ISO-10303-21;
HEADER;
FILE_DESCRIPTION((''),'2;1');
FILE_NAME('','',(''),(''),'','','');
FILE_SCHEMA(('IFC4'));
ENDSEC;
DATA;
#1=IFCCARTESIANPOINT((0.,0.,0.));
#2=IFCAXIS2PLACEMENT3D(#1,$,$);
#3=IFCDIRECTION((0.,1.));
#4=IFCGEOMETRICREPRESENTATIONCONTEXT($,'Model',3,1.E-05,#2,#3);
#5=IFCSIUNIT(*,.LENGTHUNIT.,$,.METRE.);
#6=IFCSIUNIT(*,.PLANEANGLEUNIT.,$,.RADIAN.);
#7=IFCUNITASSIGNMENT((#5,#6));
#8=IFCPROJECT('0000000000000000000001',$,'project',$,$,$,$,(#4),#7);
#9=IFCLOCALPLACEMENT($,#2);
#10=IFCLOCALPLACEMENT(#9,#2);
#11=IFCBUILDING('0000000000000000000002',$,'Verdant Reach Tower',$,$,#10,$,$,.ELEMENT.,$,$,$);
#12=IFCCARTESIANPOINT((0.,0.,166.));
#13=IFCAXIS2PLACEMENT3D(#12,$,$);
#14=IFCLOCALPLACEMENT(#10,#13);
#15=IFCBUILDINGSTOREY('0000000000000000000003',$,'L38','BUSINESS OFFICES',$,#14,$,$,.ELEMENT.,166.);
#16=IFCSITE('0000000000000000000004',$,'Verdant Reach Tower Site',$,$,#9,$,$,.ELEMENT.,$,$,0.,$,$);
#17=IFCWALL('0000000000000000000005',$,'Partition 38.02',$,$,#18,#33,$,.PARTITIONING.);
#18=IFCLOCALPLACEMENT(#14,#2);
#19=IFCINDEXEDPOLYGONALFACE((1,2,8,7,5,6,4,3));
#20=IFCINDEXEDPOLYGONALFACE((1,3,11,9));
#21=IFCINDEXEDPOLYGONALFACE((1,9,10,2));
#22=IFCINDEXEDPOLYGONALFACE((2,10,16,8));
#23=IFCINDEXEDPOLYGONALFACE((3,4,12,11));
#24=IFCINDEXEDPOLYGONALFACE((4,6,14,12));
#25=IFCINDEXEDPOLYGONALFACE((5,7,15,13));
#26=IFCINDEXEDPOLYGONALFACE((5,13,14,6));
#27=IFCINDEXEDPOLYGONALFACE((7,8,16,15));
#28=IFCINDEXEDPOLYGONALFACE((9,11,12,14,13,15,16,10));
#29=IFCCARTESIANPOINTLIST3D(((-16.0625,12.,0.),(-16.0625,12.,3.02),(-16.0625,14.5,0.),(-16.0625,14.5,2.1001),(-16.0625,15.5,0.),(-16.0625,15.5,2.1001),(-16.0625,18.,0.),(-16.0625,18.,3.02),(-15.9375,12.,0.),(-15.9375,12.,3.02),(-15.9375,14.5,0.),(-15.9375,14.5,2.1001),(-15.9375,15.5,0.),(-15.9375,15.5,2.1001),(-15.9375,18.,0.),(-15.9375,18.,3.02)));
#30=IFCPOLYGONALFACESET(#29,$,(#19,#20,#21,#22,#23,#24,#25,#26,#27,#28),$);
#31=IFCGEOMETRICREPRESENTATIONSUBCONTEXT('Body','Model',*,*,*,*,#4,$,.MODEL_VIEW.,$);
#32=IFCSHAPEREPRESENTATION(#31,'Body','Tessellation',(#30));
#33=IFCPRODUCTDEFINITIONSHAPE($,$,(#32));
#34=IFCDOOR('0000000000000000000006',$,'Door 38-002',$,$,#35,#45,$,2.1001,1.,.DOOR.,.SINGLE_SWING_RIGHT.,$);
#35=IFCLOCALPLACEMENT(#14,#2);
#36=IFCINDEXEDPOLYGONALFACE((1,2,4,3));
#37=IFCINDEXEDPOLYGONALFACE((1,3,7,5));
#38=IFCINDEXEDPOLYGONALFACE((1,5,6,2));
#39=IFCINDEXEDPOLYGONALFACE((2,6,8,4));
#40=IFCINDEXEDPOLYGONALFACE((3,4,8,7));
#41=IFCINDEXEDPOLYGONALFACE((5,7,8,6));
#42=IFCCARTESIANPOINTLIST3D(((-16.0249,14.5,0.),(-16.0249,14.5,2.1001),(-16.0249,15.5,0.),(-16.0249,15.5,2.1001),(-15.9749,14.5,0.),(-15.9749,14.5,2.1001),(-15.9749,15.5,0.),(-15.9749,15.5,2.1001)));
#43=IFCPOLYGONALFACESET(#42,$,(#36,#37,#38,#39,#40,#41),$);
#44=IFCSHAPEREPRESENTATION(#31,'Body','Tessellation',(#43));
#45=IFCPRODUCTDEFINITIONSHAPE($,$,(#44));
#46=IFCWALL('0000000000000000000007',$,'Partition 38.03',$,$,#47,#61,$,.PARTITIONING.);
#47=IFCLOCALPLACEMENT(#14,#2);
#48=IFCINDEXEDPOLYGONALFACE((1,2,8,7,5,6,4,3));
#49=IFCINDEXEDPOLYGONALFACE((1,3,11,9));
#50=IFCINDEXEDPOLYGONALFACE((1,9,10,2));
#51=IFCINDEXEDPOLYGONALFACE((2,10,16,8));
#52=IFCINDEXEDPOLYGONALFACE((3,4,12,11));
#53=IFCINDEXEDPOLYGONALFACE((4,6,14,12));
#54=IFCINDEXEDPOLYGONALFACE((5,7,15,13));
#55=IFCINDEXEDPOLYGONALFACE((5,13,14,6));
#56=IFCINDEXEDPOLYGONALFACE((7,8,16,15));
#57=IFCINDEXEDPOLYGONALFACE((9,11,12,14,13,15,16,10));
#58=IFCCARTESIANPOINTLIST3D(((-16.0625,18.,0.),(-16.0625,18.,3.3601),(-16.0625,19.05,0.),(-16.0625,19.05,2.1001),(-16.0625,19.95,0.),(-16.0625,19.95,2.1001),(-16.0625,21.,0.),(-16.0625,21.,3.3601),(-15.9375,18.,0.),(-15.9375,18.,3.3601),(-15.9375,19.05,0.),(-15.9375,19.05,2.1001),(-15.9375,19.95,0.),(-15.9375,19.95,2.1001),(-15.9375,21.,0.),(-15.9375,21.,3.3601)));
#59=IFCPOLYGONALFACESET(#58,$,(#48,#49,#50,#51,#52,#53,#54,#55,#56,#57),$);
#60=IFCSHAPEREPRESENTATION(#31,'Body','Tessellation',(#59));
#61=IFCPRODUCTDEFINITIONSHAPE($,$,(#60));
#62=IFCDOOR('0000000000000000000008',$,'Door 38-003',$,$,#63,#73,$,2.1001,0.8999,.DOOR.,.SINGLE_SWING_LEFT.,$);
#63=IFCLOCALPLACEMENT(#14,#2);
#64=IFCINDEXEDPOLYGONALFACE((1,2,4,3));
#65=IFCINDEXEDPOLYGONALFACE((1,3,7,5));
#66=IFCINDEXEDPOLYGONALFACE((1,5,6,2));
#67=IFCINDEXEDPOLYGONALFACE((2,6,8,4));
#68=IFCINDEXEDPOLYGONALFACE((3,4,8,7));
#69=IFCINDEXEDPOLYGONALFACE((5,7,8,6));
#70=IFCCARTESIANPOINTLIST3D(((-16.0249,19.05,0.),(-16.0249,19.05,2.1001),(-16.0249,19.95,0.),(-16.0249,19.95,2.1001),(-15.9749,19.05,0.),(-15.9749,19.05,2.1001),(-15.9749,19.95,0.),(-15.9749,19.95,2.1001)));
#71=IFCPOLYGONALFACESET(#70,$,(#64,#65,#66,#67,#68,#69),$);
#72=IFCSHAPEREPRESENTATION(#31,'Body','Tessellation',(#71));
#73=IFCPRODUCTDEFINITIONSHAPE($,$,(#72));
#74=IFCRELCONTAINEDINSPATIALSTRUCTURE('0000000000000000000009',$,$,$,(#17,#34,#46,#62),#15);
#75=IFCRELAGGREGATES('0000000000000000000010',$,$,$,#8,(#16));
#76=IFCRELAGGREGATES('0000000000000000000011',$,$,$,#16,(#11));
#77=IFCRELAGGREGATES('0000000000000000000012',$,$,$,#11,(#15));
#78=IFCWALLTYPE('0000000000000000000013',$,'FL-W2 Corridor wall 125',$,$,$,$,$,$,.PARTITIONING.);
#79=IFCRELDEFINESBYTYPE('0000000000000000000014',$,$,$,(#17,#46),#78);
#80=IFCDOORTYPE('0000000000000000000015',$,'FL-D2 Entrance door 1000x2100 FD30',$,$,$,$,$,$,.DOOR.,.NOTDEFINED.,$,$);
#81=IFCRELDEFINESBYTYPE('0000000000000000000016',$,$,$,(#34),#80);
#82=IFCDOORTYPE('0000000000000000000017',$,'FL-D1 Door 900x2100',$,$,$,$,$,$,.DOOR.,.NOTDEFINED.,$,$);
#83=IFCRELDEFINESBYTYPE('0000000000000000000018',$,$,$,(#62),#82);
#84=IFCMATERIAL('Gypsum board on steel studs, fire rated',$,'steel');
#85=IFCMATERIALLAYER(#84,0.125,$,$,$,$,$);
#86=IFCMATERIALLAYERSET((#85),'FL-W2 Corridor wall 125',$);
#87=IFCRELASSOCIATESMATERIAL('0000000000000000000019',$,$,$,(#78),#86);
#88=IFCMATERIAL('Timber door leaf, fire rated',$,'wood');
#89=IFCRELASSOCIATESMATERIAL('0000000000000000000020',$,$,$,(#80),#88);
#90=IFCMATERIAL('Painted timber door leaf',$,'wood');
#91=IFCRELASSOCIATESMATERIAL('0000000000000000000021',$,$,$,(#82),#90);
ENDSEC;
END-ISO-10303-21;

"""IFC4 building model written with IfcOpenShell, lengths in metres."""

from ifc_helpers import new_model, si_unit, direction, frame, frame_2d, origin, place, context, subcontext, project, spatial, rectangle, extrude, material, layer, layer_set, type_object, element, fill, save


model = new_model("IFC4")

# Units and contexts
model_context = context("Model", 3, precision=1e-05, world=origin(), true_north=direction((0.0, 1.0)))
body_context = subcontext(model_context, "Body", "Model", "MODEL_VIEW")
ifc_project = project(units=[si_unit("LENGTHUNIT", "METRE"), si_unit("PLANEANGLEUNIT", "RADIAN")], contexts=[model_context])

# Site, building, storey
site_placement = place(None, origin())
site = spatial("IfcSite", under=ifc_project, at=site_placement, Name="Verdant Reach Tower Site", CompositionType="ELEMENT", RefElevation=0.0)
building_placement = place(site_placement, origin())
building = spatial("IfcBuilding", under=site, at=building_placement, Name="Verdant Reach Tower", CompositionType="ELEMENT")
storey_placement = place(building_placement, frame((0.0, 0.0, 166.0)))
storey = spatial("IfcBuildingStorey", under=building, at=storey_placement, Name="L38", Description="BUSINESS OFFICES", CompositionType="ELEMENT", Elevation=166.0)

# Walls, openings, doors
ifc_material_1 = material(Name="Gypsum board on steel studs, fire rated", Category="steel")
ifc_layer_1 = layer(ifc_material_1, 0.125)
ifc_layer_set_1 = layer_set([ifc_layer_1], Name="FL-W2 Corridor wall 125")
wall_type_1 = type_object("IfcWallType", Name="FL-W2 Corridor wall 125", PredefinedType="PARTITIONING", material=ifc_layer_set_1)
ifc_material_2 = material(Name="Timber door leaf, fire rated", Category="wood")
door_type_1 = type_object("IfcDoorType", Name="FL-D2 Entrance door 1000x2100 FD30", OperationType="NOTDEFINED", PredefinedType="DOOR", material=ifc_material_2)
wall_1_placement = place(storey_placement, frame((-16.0, 12.0, 0.0), z_axis=(0.0, 0.0, 1.0), x_axis=(0.0, 1.0, 0.0)))
wall_1 = element("IfcWall", 1, at=wall_1_placement, inside=storey, type_object=wall_type_1, Name="Partition 38.02", PredefinedType="PARTITIONING", context=body_context, shape_type="SweptSolid", body=[
    extrude(rectangle(XDim=6.0, YDim=0.125, at=frame_2d((3.0, 0.0))), origin(), (0.0, 0.0, 1.0), 3.02),
])
opening_1_placement = place(wall_1_placement, frame((2.5, 0.0, 0.0)))
opening_1 = element("IfcOpeningElement", 2, at=opening_1_placement, cuts=wall_1, PredefinedType="OPENING", context=body_context, shape_type="SweptSolid", body=[
    extrude(rectangle(XDim=1.0, YDim=2.1001, at=frame_2d((0.5, 1.05))), frame((0.0, 0.0725, 0.0), z_axis=(0.0, -1.0, 0.0), x_axis=(1.0, 0.0, 0.0)), (0.0, 0.0, 1.0), 0.145),
])
door_1_placement = place(opening_1_placement, origin())
door_1 = element("IfcDoor", 3, at=door_1_placement, inside=storey, type_object=door_type_1, Name="Door 38-002", OperationType="SINGLE_SWING_RIGHT", OverallHeight=2.1001, OverallWidth=1.0, PredefinedType="DOOR", context=body_context, shape_type="SweptSolid", body=[
    extrude(rectangle(XDim=1.0, YDim=2.1001, at=frame_2d((0.5, 1.05))), frame((0.0, 0.0249, 0.0), z_axis=(0.0, -1.0, 0.0), x_axis=(1.0, 0.0, 0.0)), (0.0, 0.0, 1.0), 0.05),
])
fill(opening_1, door_1)
wall_2_placement = place(storey_placement, frame((-16.0, 18.0, 0.0), z_axis=(0.0, 0.0, 1.0), x_axis=(0.0, 1.0, 0.0)))
wall_2 = element("IfcWall", 4, at=wall_2_placement, inside=storey, type_object=wall_type_1, Name="Partition 38.03", PredefinedType="PARTITIONING", context=body_context, shape_type="SweptSolid", body=[
    extrude(rectangle(XDim=3.0, YDim=0.125, at=frame_2d((1.5, 0.0))), origin(), (0.0, 0.0, 1.0), 3.3601),
])
opening_2_placement = place(wall_2_placement, frame((1.05, 0.0, 0.0)))
opening_2 = element("IfcOpeningElement", 5, at=opening_2_placement, cuts=wall_2, PredefinedType="OPENING", context=body_context, shape_type="SweptSolid", body=[
    extrude(rectangle(XDim=0.8999, YDim=2.1001, at=frame_2d((0.45, 1.05))), frame((0.0, 0.0725, 0.0), z_axis=(0.0, -1.0, 0.0), x_axis=(1.0, 0.0, 0.0)), (0.0, 0.0, 1.0), 0.145),
])
ifc_material_3 = material(Name="Painted timber door leaf", Category="wood")
door_type_2 = type_object("IfcDoorType", Name="FL-D1 Door 900x2100", OperationType="NOTDEFINED", PredefinedType="DOOR", material=ifc_material_3)
door_2_placement = place(opening_2_placement, origin())
door_2 = element("IfcDoor", 6, at=door_2_placement, inside=storey, type_object=door_type_2, Name="Door 38-003", OperationType="SINGLE_SWING_LEFT", OverallHeight=2.1001, OverallWidth=0.8999, PredefinedType="DOOR", context=body_context, shape_type="SweptSolid", body=[
    extrude(rectangle(XDim=0.8999, YDim=2.1001, at=frame_2d((0.45, 1.05))), frame((0.0, 0.0249, 0.0), z_axis=(0.0, -1.0, 0.0), x_axis=(1.0, 0.0, 0.0)), (0.0, 0.0, 1.0), 0.05),
])
fill(opening_2, door_2)

save(model, "model.ifc")
